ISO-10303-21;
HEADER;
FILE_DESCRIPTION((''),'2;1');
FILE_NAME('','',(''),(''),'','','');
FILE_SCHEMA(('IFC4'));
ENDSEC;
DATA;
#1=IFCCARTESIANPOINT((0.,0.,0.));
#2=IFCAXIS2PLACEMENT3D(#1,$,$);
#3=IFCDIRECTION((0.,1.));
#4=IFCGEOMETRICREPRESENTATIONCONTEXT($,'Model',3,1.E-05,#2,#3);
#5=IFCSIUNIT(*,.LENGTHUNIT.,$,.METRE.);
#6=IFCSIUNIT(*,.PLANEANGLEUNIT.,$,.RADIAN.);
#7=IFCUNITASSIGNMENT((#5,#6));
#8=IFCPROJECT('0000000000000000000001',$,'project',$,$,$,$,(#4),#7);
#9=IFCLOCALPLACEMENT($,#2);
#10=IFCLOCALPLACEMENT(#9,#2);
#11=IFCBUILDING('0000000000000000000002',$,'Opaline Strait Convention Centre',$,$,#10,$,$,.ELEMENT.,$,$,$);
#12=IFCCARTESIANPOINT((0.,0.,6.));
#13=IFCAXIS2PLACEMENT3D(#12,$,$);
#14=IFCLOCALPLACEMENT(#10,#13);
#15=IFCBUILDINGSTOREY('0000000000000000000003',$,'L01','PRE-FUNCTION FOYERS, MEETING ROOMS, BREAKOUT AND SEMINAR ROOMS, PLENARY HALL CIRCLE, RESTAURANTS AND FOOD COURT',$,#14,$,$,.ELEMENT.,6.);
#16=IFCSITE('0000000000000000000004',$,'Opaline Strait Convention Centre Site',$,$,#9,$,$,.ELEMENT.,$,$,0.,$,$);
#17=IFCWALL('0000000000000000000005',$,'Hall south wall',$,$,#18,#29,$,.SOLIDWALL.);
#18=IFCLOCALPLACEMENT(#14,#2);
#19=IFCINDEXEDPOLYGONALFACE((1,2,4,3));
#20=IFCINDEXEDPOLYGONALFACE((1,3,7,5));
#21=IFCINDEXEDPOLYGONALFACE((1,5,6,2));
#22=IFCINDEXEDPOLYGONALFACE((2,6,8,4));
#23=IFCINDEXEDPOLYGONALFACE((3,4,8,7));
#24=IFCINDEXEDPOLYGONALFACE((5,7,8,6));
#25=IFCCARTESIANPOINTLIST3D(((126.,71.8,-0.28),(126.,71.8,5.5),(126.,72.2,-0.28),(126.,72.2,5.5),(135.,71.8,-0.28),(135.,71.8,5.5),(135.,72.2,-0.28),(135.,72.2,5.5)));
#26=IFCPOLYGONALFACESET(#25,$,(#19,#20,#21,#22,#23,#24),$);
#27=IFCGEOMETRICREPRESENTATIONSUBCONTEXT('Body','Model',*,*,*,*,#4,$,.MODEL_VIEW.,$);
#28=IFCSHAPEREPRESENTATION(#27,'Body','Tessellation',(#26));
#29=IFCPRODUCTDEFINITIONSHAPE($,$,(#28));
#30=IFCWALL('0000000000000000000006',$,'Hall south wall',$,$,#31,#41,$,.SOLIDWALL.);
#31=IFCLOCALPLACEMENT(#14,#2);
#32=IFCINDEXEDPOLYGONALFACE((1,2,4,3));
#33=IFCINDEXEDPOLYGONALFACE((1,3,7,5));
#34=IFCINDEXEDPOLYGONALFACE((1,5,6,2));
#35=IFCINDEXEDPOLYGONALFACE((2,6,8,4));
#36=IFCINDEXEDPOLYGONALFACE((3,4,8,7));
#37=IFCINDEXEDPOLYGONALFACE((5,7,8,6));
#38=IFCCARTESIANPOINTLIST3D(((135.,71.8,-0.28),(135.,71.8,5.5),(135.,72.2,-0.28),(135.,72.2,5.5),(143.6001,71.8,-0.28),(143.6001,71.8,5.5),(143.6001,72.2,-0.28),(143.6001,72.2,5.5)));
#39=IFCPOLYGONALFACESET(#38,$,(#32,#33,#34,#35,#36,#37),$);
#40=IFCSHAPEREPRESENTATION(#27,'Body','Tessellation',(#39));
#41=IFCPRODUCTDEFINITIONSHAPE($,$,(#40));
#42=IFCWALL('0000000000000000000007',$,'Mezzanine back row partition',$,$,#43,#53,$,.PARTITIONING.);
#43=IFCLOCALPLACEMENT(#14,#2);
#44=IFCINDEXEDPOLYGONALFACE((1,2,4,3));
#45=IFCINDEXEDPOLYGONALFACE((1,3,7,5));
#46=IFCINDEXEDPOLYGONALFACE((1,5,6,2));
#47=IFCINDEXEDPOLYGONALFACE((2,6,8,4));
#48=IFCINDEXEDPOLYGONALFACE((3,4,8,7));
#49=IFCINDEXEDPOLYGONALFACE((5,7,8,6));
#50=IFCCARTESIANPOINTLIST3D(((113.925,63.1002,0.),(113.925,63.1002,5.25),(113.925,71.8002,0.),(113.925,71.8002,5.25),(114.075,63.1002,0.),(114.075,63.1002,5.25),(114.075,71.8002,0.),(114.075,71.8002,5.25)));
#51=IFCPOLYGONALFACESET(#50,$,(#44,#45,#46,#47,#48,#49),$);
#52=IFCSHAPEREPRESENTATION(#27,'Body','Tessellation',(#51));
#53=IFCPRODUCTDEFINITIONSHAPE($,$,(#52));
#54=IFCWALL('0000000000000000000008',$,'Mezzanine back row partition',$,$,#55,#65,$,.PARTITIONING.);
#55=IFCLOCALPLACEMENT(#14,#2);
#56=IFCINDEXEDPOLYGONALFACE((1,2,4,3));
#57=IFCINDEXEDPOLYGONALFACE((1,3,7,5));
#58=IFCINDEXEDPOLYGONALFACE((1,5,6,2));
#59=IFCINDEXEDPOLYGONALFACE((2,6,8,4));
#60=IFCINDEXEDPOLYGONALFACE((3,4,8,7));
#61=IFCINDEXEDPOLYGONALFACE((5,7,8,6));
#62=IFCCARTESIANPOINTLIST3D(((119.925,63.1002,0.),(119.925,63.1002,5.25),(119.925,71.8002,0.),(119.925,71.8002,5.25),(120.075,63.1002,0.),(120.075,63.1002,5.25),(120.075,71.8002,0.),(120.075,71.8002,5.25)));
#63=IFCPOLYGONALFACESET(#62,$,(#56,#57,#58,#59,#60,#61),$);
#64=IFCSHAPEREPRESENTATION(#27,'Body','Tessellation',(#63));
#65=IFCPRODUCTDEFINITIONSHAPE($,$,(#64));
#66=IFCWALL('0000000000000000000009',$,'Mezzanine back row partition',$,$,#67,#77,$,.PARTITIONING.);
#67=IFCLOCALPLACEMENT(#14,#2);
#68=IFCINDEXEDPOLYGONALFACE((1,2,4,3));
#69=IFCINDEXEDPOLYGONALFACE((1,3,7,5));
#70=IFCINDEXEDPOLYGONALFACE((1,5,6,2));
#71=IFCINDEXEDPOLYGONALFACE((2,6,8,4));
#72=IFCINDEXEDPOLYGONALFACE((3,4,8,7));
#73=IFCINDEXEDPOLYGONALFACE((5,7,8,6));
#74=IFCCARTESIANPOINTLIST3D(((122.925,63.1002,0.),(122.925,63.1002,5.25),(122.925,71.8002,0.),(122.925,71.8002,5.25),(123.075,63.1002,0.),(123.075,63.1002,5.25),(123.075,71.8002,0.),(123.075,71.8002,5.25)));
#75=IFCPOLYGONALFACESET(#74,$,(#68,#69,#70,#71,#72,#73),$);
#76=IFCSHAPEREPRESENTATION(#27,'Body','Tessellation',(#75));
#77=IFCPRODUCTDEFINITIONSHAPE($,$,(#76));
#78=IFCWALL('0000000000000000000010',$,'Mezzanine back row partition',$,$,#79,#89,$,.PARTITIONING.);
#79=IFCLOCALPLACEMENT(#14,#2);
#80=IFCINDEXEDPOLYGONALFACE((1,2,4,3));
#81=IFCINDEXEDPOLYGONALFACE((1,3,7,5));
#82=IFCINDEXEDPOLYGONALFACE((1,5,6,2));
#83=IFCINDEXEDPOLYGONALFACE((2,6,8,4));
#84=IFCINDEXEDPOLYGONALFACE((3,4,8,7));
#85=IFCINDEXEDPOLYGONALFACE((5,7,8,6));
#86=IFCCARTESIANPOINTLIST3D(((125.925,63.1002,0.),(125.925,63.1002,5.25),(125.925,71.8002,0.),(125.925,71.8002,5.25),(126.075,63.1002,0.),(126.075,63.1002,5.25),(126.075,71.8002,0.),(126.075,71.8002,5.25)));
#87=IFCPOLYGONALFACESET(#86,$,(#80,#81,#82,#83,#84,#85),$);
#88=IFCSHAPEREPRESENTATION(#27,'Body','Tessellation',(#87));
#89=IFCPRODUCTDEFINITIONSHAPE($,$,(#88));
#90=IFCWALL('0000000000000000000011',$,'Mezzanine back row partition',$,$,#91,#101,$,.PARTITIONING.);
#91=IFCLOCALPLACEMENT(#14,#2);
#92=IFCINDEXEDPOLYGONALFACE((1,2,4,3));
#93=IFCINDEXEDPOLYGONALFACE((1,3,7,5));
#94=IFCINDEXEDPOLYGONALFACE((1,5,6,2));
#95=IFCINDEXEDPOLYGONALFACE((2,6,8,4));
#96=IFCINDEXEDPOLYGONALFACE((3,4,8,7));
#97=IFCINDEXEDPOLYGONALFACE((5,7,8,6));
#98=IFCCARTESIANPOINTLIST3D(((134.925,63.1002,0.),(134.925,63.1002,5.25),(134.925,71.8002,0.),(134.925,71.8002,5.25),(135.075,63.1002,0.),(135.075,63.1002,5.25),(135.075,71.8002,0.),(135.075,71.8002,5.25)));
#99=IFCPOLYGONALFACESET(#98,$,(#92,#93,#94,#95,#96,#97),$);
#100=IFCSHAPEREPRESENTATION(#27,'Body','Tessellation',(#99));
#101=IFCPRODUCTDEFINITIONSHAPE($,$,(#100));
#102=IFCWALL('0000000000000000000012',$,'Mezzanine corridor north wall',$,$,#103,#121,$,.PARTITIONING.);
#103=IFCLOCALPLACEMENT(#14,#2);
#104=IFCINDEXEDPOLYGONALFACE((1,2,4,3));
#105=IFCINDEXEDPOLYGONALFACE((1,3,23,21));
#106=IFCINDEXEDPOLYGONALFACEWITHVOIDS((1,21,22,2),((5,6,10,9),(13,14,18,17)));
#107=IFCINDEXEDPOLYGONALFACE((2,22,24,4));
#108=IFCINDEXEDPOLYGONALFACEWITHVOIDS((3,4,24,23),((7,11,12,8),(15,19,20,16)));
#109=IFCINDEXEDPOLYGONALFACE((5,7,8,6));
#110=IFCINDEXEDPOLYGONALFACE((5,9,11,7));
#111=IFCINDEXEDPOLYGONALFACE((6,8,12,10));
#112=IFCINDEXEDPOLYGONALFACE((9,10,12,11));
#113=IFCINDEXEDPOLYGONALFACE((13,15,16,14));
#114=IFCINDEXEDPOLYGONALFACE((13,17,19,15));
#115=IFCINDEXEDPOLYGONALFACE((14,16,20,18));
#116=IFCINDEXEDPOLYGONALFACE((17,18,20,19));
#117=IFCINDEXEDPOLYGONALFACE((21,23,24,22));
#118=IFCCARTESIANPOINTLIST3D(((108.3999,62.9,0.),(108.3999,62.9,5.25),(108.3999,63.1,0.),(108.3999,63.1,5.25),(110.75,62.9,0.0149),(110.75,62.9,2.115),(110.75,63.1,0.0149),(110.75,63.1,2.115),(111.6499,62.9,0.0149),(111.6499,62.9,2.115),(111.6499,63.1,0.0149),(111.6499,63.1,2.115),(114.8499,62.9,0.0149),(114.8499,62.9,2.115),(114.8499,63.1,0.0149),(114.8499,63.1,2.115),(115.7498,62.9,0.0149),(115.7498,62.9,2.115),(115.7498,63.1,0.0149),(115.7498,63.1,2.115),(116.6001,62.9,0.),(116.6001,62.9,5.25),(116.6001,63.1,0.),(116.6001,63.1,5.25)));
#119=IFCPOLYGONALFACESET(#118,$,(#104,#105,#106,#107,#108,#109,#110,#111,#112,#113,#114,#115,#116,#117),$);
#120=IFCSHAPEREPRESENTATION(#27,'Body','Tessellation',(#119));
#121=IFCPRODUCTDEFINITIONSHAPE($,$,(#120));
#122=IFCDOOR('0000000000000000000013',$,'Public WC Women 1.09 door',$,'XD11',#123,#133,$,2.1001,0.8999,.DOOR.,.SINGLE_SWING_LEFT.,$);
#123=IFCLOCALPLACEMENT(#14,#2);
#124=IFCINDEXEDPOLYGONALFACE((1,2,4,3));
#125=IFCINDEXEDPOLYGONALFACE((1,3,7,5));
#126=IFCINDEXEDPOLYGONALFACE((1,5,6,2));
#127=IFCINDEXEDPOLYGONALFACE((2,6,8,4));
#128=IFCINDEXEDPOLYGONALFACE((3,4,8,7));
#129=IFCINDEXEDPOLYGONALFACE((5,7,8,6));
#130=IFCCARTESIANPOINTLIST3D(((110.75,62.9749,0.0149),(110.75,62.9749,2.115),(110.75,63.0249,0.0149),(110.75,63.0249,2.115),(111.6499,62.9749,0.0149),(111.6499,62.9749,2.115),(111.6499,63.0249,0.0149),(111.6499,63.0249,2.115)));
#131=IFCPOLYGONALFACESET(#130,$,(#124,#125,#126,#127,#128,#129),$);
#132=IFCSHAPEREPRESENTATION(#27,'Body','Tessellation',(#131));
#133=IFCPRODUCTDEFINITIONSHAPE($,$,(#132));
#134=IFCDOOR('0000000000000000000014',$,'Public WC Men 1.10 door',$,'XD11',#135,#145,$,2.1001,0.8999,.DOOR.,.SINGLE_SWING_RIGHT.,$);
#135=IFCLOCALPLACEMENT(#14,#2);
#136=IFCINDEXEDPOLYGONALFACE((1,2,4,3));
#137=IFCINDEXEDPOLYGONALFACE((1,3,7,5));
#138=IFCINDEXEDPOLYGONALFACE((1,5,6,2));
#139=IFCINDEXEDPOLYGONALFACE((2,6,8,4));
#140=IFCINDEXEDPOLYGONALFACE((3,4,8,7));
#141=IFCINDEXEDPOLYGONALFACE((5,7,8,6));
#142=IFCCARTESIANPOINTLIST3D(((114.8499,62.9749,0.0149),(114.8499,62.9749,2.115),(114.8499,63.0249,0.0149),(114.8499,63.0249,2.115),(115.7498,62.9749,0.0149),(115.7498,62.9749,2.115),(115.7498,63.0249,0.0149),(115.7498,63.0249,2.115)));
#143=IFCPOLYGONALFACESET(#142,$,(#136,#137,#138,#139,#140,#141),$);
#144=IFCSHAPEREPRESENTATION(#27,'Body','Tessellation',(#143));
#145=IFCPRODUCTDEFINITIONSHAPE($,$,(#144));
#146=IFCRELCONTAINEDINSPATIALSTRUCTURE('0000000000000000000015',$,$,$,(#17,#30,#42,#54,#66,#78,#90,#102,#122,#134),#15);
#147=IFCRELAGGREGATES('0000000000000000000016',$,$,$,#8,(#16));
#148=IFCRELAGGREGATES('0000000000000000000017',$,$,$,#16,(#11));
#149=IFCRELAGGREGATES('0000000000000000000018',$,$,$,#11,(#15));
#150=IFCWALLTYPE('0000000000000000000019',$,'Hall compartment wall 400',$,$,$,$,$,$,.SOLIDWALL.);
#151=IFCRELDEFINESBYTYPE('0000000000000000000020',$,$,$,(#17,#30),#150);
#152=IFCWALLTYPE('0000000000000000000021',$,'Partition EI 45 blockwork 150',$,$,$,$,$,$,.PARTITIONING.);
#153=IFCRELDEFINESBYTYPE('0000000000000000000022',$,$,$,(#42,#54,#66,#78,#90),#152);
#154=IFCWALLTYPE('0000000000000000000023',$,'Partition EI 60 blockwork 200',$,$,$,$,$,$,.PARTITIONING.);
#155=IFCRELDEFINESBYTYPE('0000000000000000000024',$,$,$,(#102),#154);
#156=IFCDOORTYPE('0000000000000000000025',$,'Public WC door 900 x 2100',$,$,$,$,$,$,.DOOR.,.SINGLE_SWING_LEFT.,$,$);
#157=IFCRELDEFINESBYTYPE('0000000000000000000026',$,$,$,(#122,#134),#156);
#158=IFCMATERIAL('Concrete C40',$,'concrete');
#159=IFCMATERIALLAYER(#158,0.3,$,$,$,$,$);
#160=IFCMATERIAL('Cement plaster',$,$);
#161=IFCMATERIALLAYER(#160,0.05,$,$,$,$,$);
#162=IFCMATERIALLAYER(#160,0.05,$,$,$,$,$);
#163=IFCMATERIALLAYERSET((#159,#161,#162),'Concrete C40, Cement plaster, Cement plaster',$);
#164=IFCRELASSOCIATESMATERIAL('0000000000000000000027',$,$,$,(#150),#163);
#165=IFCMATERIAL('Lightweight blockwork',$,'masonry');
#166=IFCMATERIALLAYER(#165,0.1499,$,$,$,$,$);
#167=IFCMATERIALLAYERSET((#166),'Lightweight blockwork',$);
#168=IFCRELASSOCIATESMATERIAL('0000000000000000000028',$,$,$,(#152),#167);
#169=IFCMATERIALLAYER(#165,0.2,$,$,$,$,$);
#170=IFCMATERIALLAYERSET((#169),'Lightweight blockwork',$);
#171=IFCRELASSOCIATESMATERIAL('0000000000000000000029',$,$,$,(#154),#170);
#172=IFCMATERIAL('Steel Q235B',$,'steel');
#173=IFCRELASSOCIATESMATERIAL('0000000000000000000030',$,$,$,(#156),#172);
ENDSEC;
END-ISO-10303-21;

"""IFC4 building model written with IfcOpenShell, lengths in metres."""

from ifc_helpers import new_model, si_unit, direction, frame, frame_2d, origin, place, context, subcontext, project, spatial, rectangle, extrude, material, layer, layer_set, type_object, element, fill, save


model = new_model("IFC4")

# Units and contexts
model_context = context("Model", 3, precision=1e-05, world=origin(), true_north=direction((0.0, 1.0)))
body_context = subcontext(model_context, "Body", "Model", "MODEL_VIEW")
ifc_project = project(units=[si_unit("LENGTHUNIT", "METRE"), si_unit("PLANEANGLEUNIT", "RADIAN")], contexts=[model_context])

# Site, building, storey
site_placement = place(None, origin())
site = spatial("IfcSite", under=ifc_project, at=site_placement, Name="Opaline Strait Convention Centre Site", CompositionType="ELEMENT", RefElevation=0.0)
building_placement = place(site_placement, origin())
building = spatial("IfcBuilding", under=site, at=building_placement, Name="Opaline Strait Convention Centre", CompositionType="ELEMENT")
storey_placement = place(building_placement, frame((0.0, 0.0, 6.0)))
storey = spatial("IfcBuildingStorey", under=building, at=storey_placement, Name="L01", Description="PRE-FUNCTION FOYERS, MEETING ROOMS, BREAKOUT AND SEMINAR ROOMS, PLENARY HALL CIRCLE, RESTAURANTS AND FOOD COURT", CompositionType="ELEMENT", Elevation=6.0)

# Shared definitions
ifc_material_1 = material(Name="Concrete C40", Category="concrete")

# Walls
ifc_layer_1 = layer(ifc_material_1, 0.3)
ifc_material_2 = material(Name="Cement plaster")
ifc_layer_2 = layer(ifc_material_2, 0.05)
ifc_layer_3 = layer(ifc_material_2, 0.05)
ifc_layer_set_1 = layer_set([ifc_layer_1, ifc_layer_2, ifc_layer_3], Name="Concrete C40, Cement plaster, Cement plaster")
wall_type_1 = type_object("IfcWallType", Name="Hall compartment wall 400", PredefinedType="SOLIDWALL", material=ifc_layer_set_1)
wall_1_placement = place(storey_placement, frame((126.0, 72.0, -0.28), z_axis=(0.0, 0.0, 1.0), x_axis=(1.0, 0.0, 0.0)))
element("IfcWall", 1, at=wall_1_placement, inside=storey, type_object=wall_type_1, Name="Hall south wall", PredefinedType="SOLIDWALL", context=body_context, shape_type="SweptSolid", body=[
    extrude(rectangle(XDim=9.0, YDim=0.3999, at=frame_2d((4.5, 0.0))), origin(), (0.0, 0.0, 1.0), 5.78),
])
wall_2_placement = place(storey_placement, frame((135.0, 72.0, -0.28), z_axis=(0.0, 0.0, 1.0), x_axis=(1.0, 0.0, 0.0)))
element("IfcWall", 2, at=wall_2_placement, inside=storey, type_object=wall_type_1, Name="Hall south wall", PredefinedType="SOLIDWALL", context=body_context, shape_type="SweptSolid", body=[
    extrude(rectangle(XDim=8.6001, YDim=0.3999, at=frame_2d((4.3, 0.0))), origin(), (0.0, 0.0, 1.0), 5.78),
])
ifc_material_3 = material(Name="Lightweight blockwork", Category="masonry")
ifc_layer_4 = layer(ifc_material_3, 0.1499)
ifc_layer_set_2 = layer_set([ifc_layer_4], Name="Lightweight blockwork")
wall_type_2 = type_object("IfcWallType", Name="Partition EI 45 blockwork 150", PredefinedType="PARTITIONING", material=ifc_layer_set_2)
for number, where, z_axis, x_axis, name in (
    (3, (114.0, 63.1001, 0.0), (0.0, 0.0, 1.0), (0.0, 1.0, 0.0), "Mezzanine back row partition"),
    (4, (120.0, 63.1001, 0.0), (0.0, 0.0, 1.0), (0.0, 1.0, 0.0), "Mezzanine back row partition"),
    (5, (123.0, 63.1001, 0.0), (0.0, 0.0, 1.0), (0.0, 1.0, 0.0), "Mezzanine back row partition"),
    (6, (126.0, 63.1001, 0.0), (0.0, 0.0, 1.0), (0.0, 1.0, 0.0), "Mezzanine back row partition"),
    (7, (135.0, 63.1001, 0.0), (0.0, 0.0, 1.0), (0.0, 1.0, 0.0), "Mezzanine back row partition"),
):
    element("IfcWall", number, at=place(storey_placement, frame(where, z_axis=z_axis, x_axis=x_axis)), inside=storey, type_object=wall_type_2, Name=name, PredefinedType="PARTITIONING", context=body_context, shape_type="SweptSolid", body=[
        extrude(rectangle(XDim=8.7, YDim=0.1499, at=frame_2d((4.3501, 0.0))), origin(), (0.0, 0.0, 1.0), 5.25),
    ])

# Wall, openings, doors
ifc_layer_5 = layer(ifc_material_3, 0.2)
ifc_layer_set_3 = layer_set([ifc_layer_5], Name="Lightweight blockwork")
wall_type_3 = type_object("IfcWallType", Name="Partition EI 60 blockwork 200", PredefinedType="PARTITIONING", material=ifc_layer_set_3)
wall_3_placement = place(storey_placement, frame((108.3999, 63.0, 0.0), z_axis=(0.0, 0.0, 1.0), x_axis=(1.0, 0.0, 0.0)))
wall_3 = element("IfcWall", 8, at=wall_3_placement, inside=storey, type_object=wall_type_3, Name="Mezzanine corridor north wall", PredefinedType="PARTITIONING", context=body_context, shape_type="SweptSolid", body=[
    extrude(rectangle(XDim=8.2002, YDim=0.2, at=frame_2d((4.1001, 0.0))), origin(), (0.0, 0.0, 1.0), 5.25),
])
opening_1_placement = place(wall_3_placement, frame((2.3501, 0.0, 0.0149)))
opening_1 = element("IfcOpeningElement", 9, at=opening_1_placement, cuts=wall_3, PredefinedType="OPENING", context=body_context, shape_type="SweptSolid", body=[
    extrude(rectangle(XDim=0.8999, YDim=2.1001, at=frame_2d((0.45, 1.05))), frame((0.0, 0.1099, 0.0), z_axis=(0.0, -1.0, 0.0), x_axis=(1.0, 0.0, 0.0)), (0.0, 0.0, 1.0), 0.22),
])
opening_2_placement = place(wall_3_placement, frame((6.45, 0.0, 0.0149)))
opening_2 = element("IfcOpeningElement", 10, at=opening_2_placement, cuts=wall_3, PredefinedType="OPENING", context=body_context, shape_type="SweptSolid", body=[
    extrude(rectangle(XDim=0.8999, YDim=2.1001, at=frame_2d((0.45, 1.05))), frame((0.0, 0.1099, 0.0), z_axis=(0.0, -1.0, 0.0), x_axis=(1.0, 0.0, 0.0)), (0.0, 0.0, 1.0), 0.22),
])
ifc_material_4 = material(Name="Steel Q235B", Category="steel")
door_type_1 = type_object("IfcDoorType", Name="Public WC door 900 x 2100", OperationType="SINGLE_SWING_LEFT", PredefinedType="DOOR", material=ifc_material_4)
door_1_placement = place(opening_1_placement, origin())
door_1 = element("IfcDoor", 11, at=door_1_placement, inside=storey, type_object=door_type_1, Name="Public WC Women 1.09 door", ObjectType="XD11", OperationType="SINGLE_SWING_LEFT", OverallHeight=2.1001, OverallWidth=0.8999, PredefinedType="DOOR", context=body_context, shape_type="SweptSolid", body=[
    extrude(rectangle(XDim=0.8999, YDim=2.1001, at=frame_2d((0.45, 1.05))), frame((0.0, 0.0249, 0.0), z_axis=(0.0, -1.0, 0.0), x_axis=(1.0, 0.0, 0.0)), (0.0, 0.0, 1.0), 0.05),
])
fill(opening_1, door_1)
door_2_placement = place(opening_2_placement, origin())
door_2 = element("IfcDoor", 12, at=door_2_placement, inside=storey, type_object=door_type_1, Name="Public WC Men 1.10 door", ObjectType="XD11", OperationType="SINGLE_SWING_RIGHT", OverallHeight=2.1001, OverallWidth=0.8999, PredefinedType="DOOR", context=body_context, shape_type="SweptSolid", body=[
    extrude(rectangle(XDim=0.8999, YDim=2.1001, at=frame_2d((0.45, 1.05))), frame((0.0, 0.0249, 0.0), z_axis=(0.0, -1.0, 0.0), x_axis=(1.0, 0.0, 0.0)), (0.0, 0.0, 1.0), 0.05),
])
fill(opening_2, door_2)

save(model, "model.ifc")
